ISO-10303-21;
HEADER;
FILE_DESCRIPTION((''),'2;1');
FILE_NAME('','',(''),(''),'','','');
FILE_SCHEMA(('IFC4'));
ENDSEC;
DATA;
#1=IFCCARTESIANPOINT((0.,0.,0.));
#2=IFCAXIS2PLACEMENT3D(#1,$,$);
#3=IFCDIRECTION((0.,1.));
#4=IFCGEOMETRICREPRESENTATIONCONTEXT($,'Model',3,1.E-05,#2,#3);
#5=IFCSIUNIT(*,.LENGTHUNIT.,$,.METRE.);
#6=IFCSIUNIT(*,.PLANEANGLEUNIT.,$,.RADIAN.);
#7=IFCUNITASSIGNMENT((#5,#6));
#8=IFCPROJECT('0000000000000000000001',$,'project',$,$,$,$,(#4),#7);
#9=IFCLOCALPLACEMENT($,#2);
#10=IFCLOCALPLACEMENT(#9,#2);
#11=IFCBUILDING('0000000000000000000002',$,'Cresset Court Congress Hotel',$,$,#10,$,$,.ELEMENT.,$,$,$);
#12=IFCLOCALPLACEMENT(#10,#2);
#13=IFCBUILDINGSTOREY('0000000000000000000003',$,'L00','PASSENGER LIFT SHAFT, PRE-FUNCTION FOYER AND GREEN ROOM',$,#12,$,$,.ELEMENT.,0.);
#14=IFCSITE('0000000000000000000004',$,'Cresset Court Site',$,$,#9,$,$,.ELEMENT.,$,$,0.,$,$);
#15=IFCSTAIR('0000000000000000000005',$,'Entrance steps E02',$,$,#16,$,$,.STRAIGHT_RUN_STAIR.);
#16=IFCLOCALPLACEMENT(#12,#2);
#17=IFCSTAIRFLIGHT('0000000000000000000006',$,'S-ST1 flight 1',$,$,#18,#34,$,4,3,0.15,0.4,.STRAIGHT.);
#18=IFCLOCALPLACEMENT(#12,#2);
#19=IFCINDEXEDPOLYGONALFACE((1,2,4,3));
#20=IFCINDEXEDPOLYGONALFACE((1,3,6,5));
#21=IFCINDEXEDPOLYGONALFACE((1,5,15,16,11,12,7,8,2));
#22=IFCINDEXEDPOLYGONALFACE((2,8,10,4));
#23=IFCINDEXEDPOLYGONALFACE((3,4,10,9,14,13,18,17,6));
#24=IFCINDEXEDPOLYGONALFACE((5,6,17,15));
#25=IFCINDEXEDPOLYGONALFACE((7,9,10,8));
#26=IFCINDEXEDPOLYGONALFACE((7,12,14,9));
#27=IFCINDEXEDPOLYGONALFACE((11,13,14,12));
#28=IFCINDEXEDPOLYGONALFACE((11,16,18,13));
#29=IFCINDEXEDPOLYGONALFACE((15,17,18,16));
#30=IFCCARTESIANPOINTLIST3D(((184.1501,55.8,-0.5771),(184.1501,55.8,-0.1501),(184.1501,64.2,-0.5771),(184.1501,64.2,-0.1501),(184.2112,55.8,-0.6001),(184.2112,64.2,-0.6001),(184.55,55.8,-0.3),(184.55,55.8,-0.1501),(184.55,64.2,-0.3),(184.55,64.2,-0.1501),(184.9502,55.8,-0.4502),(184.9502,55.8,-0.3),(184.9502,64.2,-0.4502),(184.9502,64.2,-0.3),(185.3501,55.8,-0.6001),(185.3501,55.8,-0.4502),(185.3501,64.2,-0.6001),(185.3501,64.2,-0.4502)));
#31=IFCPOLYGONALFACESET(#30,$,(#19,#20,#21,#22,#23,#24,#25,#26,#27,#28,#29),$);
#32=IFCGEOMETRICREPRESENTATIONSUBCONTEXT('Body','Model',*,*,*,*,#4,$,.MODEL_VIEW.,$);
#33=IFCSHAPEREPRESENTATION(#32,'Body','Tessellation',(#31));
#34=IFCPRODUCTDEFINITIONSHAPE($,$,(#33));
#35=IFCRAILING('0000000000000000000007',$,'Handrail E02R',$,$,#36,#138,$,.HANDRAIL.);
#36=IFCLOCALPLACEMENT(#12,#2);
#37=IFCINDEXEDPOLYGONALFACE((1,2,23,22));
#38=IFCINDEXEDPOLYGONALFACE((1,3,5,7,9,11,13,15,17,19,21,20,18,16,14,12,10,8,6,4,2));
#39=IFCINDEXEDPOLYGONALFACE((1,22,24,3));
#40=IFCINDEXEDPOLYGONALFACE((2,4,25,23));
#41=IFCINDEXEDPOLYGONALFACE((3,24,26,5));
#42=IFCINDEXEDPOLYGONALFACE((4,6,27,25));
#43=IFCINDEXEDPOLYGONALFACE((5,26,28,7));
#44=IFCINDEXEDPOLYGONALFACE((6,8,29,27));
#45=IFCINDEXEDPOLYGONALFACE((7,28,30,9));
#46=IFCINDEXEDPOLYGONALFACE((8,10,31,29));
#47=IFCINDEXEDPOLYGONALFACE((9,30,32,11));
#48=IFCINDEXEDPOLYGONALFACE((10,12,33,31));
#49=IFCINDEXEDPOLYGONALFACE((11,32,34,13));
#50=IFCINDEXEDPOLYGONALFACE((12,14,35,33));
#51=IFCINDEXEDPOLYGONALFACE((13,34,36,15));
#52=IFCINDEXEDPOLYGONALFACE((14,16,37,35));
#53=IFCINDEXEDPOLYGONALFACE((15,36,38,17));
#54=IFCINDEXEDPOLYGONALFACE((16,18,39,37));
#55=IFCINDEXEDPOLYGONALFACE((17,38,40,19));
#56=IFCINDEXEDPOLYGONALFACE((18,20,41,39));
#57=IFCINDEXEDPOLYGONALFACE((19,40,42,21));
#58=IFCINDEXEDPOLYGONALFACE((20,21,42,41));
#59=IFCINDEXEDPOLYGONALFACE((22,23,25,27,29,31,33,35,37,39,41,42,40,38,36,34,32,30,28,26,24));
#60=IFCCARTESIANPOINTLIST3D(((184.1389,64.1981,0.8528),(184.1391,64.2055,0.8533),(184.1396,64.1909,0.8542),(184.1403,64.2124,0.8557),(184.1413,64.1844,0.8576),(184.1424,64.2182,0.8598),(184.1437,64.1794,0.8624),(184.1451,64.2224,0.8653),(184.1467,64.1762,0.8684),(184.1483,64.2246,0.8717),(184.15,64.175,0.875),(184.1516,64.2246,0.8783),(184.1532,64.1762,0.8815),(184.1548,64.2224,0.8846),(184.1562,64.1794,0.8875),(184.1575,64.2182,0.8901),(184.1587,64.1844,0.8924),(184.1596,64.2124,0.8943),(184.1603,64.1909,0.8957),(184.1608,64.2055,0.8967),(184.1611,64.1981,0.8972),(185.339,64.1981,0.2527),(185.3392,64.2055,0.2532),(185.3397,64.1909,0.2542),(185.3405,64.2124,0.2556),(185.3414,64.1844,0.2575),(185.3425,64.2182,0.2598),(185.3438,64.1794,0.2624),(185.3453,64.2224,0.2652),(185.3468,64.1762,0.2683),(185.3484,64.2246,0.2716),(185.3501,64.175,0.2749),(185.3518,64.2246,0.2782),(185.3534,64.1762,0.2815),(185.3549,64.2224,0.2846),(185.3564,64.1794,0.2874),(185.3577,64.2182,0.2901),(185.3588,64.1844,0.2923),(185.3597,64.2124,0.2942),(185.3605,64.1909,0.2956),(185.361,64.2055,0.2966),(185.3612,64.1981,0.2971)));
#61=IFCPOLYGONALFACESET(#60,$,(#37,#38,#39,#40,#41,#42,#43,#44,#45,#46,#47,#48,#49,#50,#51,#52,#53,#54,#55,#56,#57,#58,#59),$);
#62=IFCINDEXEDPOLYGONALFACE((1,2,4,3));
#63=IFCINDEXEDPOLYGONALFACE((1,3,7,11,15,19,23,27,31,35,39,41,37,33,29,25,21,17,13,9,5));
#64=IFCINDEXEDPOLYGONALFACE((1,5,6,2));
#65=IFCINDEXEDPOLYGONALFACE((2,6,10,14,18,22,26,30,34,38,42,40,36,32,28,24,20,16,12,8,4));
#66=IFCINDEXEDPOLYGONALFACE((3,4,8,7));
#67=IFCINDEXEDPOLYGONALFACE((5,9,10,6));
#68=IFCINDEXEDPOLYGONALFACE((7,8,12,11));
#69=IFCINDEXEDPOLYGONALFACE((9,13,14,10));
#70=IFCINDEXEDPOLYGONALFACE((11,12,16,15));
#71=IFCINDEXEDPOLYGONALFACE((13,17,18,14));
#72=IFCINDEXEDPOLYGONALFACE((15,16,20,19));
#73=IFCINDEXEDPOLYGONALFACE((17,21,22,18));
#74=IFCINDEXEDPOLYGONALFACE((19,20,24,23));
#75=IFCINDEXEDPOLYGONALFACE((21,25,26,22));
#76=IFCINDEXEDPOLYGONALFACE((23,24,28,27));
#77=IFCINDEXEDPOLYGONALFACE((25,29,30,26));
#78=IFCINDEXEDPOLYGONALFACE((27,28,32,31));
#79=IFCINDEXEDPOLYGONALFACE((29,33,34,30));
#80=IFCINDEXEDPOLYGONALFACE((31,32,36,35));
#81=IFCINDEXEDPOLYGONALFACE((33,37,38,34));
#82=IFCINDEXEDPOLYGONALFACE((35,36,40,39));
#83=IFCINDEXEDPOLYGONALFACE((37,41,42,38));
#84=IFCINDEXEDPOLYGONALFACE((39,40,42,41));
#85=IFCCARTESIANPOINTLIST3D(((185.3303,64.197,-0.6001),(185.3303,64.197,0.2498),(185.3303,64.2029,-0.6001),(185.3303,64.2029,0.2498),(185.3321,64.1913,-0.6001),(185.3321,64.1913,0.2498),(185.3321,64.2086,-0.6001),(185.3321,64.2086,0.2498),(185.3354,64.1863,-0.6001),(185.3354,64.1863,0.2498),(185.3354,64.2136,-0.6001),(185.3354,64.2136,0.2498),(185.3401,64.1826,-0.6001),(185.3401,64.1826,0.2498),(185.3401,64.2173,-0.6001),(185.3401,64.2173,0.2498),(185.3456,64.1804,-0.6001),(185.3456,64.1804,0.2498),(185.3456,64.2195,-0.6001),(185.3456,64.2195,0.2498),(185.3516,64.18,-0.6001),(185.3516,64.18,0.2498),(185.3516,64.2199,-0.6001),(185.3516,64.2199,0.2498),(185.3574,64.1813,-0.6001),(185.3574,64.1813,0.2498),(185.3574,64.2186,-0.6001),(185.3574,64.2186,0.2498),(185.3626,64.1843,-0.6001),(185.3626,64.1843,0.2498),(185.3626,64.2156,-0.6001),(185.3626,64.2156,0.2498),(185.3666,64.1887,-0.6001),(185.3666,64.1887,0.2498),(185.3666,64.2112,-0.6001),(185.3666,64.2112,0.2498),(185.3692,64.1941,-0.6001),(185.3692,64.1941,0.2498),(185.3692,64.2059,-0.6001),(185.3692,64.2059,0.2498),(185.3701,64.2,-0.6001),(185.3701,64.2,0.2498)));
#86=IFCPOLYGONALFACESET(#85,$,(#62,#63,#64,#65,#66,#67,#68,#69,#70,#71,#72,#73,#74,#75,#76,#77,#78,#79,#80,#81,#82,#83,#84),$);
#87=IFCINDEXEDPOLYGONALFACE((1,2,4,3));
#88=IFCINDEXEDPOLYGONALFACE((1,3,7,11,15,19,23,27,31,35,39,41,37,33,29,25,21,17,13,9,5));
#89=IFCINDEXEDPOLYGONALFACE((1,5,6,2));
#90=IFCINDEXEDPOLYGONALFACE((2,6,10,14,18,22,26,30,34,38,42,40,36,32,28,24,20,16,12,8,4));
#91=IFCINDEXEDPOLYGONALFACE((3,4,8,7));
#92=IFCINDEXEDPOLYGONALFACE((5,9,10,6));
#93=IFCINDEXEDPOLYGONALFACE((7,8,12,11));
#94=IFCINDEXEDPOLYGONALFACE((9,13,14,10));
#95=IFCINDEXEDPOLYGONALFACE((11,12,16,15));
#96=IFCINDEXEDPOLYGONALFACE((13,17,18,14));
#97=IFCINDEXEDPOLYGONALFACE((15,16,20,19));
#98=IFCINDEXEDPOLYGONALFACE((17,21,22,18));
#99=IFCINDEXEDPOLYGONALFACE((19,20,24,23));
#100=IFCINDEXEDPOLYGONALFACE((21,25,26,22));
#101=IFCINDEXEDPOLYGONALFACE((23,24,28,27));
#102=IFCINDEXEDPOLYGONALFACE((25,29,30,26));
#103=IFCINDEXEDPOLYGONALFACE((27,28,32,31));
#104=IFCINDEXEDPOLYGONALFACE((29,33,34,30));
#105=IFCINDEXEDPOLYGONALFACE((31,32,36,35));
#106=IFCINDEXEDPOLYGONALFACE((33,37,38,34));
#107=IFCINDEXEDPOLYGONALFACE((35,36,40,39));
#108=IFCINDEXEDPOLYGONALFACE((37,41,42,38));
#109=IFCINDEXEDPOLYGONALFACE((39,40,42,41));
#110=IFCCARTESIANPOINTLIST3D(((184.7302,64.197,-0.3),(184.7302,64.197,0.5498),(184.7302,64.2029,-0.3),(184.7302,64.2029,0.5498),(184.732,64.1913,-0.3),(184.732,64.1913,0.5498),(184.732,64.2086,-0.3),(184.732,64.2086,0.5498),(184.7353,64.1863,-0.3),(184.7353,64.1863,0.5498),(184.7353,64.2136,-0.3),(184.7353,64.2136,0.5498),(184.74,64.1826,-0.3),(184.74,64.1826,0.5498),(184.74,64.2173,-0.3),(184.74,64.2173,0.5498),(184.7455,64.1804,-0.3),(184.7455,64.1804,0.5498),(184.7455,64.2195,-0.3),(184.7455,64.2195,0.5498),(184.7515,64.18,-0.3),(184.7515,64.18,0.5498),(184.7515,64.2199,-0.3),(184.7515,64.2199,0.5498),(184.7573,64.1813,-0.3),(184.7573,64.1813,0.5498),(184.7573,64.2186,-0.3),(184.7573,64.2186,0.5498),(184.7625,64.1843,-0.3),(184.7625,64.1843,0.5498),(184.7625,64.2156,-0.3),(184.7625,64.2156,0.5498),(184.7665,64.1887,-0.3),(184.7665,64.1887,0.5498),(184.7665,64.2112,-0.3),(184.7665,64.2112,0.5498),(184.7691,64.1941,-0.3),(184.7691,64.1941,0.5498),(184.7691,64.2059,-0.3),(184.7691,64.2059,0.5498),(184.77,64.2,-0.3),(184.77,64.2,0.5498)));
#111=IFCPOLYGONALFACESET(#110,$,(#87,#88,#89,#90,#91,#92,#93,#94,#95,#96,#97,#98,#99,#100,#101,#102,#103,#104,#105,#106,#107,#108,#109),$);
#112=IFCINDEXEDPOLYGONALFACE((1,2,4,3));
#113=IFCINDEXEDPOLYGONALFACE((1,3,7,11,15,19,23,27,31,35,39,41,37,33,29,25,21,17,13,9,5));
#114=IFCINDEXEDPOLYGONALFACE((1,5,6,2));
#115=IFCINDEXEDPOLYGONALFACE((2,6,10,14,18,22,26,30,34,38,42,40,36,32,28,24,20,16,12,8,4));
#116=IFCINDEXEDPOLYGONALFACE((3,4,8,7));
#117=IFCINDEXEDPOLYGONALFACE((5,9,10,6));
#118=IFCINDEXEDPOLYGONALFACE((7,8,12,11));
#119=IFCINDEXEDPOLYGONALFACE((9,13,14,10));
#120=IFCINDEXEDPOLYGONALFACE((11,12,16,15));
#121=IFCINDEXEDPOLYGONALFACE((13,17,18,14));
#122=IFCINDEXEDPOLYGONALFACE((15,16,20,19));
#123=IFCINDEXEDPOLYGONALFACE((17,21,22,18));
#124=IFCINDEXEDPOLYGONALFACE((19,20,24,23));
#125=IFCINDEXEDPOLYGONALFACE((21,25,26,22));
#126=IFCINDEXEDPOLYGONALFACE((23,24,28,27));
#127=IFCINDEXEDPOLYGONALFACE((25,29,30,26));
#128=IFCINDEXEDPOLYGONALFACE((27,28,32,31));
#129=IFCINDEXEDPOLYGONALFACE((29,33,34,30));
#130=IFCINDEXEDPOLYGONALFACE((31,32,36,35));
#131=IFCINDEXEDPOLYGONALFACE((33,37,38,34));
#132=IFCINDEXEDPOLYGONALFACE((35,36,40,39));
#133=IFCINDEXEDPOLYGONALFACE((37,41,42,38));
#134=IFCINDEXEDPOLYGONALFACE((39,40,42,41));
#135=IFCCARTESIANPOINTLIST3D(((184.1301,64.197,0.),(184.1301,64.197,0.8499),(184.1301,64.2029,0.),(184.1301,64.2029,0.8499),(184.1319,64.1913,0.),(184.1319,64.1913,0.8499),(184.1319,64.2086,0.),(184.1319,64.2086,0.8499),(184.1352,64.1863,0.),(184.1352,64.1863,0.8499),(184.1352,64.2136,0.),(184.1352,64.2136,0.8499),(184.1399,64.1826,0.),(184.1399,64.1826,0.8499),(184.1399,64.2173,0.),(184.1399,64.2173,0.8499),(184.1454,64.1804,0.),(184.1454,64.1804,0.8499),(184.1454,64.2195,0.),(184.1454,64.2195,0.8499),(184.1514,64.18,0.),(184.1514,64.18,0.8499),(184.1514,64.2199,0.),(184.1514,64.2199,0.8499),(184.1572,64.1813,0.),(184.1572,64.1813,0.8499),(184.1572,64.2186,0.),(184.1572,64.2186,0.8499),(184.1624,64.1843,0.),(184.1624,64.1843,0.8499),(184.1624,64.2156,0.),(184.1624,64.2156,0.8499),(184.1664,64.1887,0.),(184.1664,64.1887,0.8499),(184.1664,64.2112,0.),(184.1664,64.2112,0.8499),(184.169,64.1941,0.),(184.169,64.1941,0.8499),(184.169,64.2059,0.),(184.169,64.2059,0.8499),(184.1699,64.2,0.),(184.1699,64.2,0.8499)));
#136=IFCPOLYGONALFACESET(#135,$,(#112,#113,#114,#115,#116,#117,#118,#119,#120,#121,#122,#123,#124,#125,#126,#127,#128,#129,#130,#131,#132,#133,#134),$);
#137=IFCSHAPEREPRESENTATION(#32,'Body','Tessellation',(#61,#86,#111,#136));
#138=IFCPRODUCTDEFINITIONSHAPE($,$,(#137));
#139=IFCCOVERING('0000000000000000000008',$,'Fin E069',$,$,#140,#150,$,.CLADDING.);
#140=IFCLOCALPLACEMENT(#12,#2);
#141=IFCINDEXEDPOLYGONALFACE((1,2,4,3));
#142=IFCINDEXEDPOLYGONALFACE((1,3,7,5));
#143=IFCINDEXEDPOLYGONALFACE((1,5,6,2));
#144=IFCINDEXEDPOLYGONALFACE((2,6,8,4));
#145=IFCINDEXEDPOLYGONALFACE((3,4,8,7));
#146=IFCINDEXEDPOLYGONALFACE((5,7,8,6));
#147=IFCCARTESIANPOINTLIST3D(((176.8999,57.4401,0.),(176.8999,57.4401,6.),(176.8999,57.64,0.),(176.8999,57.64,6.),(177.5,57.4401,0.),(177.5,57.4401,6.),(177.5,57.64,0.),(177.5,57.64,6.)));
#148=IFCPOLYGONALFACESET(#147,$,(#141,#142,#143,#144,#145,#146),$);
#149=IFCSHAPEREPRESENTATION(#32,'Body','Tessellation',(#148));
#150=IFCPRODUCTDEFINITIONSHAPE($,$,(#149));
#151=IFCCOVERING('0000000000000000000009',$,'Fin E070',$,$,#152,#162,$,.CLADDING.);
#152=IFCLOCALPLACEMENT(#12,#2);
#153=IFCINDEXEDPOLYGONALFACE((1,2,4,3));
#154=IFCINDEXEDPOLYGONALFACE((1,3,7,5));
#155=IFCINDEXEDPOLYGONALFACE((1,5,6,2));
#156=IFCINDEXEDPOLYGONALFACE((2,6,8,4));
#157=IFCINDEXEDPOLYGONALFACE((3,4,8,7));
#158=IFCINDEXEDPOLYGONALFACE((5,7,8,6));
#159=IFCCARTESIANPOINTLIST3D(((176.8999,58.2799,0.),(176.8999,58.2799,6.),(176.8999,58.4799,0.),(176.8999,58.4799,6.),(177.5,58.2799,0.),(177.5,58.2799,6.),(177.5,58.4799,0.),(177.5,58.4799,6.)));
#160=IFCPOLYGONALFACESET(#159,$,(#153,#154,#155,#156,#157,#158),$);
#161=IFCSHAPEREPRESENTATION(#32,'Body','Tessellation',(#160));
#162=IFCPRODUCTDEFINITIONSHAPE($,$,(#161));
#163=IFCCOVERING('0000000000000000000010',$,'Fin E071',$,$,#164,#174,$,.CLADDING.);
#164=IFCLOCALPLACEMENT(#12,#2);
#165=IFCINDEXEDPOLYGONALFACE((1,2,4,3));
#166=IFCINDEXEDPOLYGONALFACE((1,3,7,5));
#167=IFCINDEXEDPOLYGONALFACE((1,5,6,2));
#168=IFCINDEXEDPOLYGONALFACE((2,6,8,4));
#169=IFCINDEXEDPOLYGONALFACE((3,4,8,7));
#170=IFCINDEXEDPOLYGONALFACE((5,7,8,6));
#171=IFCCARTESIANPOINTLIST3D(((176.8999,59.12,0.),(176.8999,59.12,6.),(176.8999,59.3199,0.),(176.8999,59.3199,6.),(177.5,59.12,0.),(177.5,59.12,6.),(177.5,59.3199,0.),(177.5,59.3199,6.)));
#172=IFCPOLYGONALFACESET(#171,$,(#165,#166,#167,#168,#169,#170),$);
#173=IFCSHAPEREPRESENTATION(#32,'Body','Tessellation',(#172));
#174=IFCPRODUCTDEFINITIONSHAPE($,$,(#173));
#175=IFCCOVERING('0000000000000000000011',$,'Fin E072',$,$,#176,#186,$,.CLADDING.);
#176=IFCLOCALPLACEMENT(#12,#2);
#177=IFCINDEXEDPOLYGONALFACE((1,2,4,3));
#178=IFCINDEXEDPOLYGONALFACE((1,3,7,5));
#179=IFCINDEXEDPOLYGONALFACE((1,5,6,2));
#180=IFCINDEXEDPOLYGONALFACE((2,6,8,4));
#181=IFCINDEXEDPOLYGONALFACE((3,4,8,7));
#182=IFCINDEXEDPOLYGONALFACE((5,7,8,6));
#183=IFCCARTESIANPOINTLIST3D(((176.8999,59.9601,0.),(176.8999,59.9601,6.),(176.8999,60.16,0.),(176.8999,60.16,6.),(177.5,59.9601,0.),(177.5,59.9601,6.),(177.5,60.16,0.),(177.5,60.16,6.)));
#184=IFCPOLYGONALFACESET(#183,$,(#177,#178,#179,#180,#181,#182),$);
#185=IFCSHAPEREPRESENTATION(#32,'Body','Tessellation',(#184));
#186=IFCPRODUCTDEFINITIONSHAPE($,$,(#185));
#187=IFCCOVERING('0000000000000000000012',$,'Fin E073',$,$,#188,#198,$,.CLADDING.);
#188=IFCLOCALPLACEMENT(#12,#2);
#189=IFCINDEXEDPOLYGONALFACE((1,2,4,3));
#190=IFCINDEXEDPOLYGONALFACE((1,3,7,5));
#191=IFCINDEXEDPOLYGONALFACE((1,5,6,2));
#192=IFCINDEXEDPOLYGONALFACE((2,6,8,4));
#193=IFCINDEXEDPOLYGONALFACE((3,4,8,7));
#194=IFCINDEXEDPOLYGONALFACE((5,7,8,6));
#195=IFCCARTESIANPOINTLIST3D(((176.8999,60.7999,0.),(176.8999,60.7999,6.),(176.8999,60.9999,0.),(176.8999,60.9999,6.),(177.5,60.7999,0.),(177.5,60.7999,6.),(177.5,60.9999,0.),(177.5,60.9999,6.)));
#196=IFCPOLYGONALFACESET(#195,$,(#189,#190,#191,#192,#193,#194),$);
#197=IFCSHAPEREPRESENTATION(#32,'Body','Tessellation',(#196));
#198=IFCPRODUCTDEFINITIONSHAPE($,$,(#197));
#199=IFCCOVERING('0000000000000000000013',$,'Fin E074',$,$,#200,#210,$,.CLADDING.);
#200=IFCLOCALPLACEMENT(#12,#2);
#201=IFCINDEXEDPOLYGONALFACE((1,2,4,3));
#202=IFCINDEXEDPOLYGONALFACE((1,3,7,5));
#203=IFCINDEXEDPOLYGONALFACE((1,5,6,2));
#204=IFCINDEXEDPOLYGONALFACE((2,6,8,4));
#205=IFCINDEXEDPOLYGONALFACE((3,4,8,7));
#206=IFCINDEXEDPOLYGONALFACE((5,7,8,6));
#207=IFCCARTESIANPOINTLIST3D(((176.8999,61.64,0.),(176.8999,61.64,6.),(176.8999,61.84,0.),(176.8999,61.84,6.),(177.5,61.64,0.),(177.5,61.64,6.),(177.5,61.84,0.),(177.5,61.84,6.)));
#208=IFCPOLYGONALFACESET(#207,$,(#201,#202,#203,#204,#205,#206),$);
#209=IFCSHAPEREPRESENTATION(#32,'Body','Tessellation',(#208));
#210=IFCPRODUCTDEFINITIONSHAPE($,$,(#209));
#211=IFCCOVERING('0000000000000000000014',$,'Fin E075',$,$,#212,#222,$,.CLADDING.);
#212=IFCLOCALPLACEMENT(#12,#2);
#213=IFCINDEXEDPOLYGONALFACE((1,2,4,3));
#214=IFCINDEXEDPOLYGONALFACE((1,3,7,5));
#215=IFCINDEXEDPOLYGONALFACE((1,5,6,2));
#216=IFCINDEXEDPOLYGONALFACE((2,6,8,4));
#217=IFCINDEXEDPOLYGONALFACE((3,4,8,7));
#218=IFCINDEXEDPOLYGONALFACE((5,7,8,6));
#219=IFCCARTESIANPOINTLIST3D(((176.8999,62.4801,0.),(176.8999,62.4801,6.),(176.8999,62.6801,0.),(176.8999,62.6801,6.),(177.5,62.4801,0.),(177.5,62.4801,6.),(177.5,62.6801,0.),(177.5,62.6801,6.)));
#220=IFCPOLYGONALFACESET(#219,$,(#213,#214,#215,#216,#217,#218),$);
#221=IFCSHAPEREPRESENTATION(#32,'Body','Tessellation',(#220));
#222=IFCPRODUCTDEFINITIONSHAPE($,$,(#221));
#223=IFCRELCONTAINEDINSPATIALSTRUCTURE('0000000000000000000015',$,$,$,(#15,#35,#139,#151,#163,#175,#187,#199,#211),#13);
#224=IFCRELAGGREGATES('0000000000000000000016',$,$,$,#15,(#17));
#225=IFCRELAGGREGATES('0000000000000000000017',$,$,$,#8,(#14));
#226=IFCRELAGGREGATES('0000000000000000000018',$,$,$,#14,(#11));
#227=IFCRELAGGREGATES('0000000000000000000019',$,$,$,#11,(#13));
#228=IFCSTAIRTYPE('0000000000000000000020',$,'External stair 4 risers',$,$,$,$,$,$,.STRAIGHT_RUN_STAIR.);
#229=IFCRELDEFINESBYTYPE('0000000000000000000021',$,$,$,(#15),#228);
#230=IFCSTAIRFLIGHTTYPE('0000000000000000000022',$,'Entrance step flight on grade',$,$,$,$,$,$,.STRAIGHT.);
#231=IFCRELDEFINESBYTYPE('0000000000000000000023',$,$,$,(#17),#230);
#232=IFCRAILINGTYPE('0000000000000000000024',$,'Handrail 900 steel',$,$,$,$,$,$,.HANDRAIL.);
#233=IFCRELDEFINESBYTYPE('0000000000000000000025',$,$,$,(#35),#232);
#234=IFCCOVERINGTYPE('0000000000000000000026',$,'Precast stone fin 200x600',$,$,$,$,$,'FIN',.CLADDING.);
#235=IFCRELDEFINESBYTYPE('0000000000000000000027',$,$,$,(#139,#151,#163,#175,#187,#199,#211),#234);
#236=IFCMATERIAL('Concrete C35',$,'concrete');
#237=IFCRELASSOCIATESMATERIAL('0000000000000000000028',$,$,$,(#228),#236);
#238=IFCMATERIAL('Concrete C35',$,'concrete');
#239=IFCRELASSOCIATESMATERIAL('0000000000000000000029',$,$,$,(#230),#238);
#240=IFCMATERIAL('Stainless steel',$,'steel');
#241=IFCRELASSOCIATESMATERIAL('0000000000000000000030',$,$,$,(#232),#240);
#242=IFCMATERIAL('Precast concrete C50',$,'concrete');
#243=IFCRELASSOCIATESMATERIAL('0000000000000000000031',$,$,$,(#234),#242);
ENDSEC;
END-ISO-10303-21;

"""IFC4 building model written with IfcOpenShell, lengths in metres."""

from ifc_helpers import new_model, si_unit, direction, frame, origin, origin_2d, place, context, subcontext, project, spatial, polyline, rectangle, circle, outline, extrude, material, type_object, element, aggregate, save


model = new_model("IFC4")

# Units and contexts
model_context = context("Model", 3, precision=1e-05, world=origin(), true_north=direction((0.0, 1.0)))
body_context = subcontext(model_context, "Body", "Model", "MODEL_VIEW")
ifc_project = project(units=[si_unit("LENGTHUNIT", "METRE"), si_unit("PLANEANGLEUNIT", "RADIAN")], contexts=[model_context])

# Site, building, storey
site_placement = place(None, origin())
site = spatial("IfcSite", under=ifc_project, at=site_placement, Name="Cresset Court Site", CompositionType="ELEMENT", RefElevation=0.0)
building_placement = place(site_placement, origin())
building = spatial("IfcBuilding", under=site, at=building_placement, Name="Cresset Court Congress Hotel", CompositionType="ELEMENT")
storey_placement = place(building_placement, origin())
storey = spatial("IfcBuildingStorey", under=building, at=storey_placement, Name="L00", Description="PASSENGER LIFT SHAFT, PRE-FUNCTION FOYER AND GREEN ROOM", CompositionType="ELEMENT", Elevation=0.0)

# Stair, stair flight
ifc_material_1 = material(Name="Concrete C35", Category="concrete")
stair_type_1 = type_object("IfcStairType", Name="External stair 4 risers", PredefinedType="STRAIGHT_RUN_STAIR", material=ifc_material_1)
stair_1_placement = place(storey_placement, origin())
stair_1 = element("IfcStair", 1, at=stair_1_placement, inside=storey, type_object=stair_type_1, Name="Entrance steps E02", PredefinedType="STRAIGHT_RUN_STAIR")
ifc_material_2 = material(Name="Concrete C35", Category="concrete")
stair_flight_type_1 = type_object("IfcStairFlightType", Name="Entrance step flight on grade", PredefinedType="STRAIGHT", material=ifc_material_2)
stair_flight_1_placement = place(storey_placement, frame((185.3501, 60.0, -0.6001), z_axis=(0.0, 0.0, 1.0), x_axis=(-1.0, 0.0, 0.0)))
stair_flight_1 = element("IfcStairFlight", 2, at=stair_flight_1_placement, type_object=stair_flight_type_1, Name="S-ST1 flight 1", NumberOfRisers=4, NumberOfTreads=3, PredefinedType="STRAIGHT", RiserHeight=0.15, TreadLength=0.4, context=body_context, shape_type="SweptSolid", body=[
    extrude(outline(polyline([(0.0, 0.0), (0.0, 0.1499), (0.3999, 0.1499), (0.3999, 0.3), (0.8, 0.3), (0.8, 0.45), (1.2, 0.45), (1.2, 0.6001), (1.2, 0.0229), (1.1389, 0.0), (0.0, 0.0)])), frame((0.0, 4.2, 0.0), z_axis=(0.0, -1.0, 0.0), x_axis=(1.0, 0.0, 0.0)), (0.0, 0.0, 1.0), 8.3999),
])
aggregate(stair_1, [stair_flight_1])

# Railing
ifc_material_3 = material(Name="Stainless steel", Category="steel")
railing_type_1 = type_object("IfcRailingType", Name="Handrail 900 steel", PredefinedType="HANDRAIL", material=ifc_material_3)
railing_1_placement = place(storey_placement, frame((185.3501, 64.2, -0.6001)))
element("IfcRailing", 3, at=railing_1_placement, inside=storey, type_object=railing_type_1, Name="Handrail E02R", PredefinedType="HANDRAIL", context=body_context, shape_type="SweptSolid", body=[
    extrude(circle(Radius=0.0249, at=origin_2d()), frame((0.0, 0.0, 0.875), z_axis=(-0.894427, 0.0, 0.447214), x_axis=(0.0, -1.0, 0.0)), (0.0, 0.0, 1.0), 1.3418),
    extrude(circle(Radius=0.02, at=origin_2d()), origin(), (0.0, 0.0, 1.0), 0.8499),
    extrude(circle(Radius=0.02, at=origin_2d()), frame((-0.6001, 0.0, 0.3)), (0.0, 0.0, 1.0), 0.8499),
    extrude(circle(Radius=0.02, at=origin_2d()), frame((-1.2002, 0.0, 0.6001)), (0.0, 0.0, 1.0), 0.8499),
])

# Coverings
ifc_material_4 = material(Name="Precast concrete C50", Category="concrete")
covering_type_1 = type_object("IfcCoveringType", Name="Precast stone fin 200x600", ElementType="FIN", PredefinedType="CLADDING", material=ifc_material_4)
for number, where, z_axis, x_axis, name in (
    (4, (177.2, 57.54, 0.0), (0.0, 0.0, 1.0), (1.0, 0.0, 0.0), "Fin E069"),
    (5, (177.2, 58.3799, 0.0), (0.0, 0.0, 1.0), (1.0, 0.0, 0.0), "Fin E070"),
    (6, (177.2, 59.22, 0.0), (0.0, 0.0, 1.0), (1.0, 0.0, 0.0), "Fin E071"),
    (7, (177.2, 60.0601, 0.0), (0.0, 0.0, 1.0), (1.0, 0.0, 0.0), "Fin E072"),
    (8, (177.2, 60.8999, 0.0), (0.0, 0.0, 1.0), (1.0, 0.0, 0.0), "Fin E073"),
    (9, (177.2, 61.74, 0.0), (0.0, 0.0, 1.0), (1.0, 0.0, 0.0), "Fin E074"),
    (10, (177.2, 62.5801, 0.0), (0.0, 0.0, 1.0), (1.0, 0.0, 0.0), "Fin E075"),
):
    element("IfcCovering", number, at=place(storey_placement, frame(where, z_axis=z_axis, x_axis=x_axis)), inside=storey, type_object=covering_type_1, Name=name, PredefinedType="CLADDING", context=body_context, shape_type="SweptSolid", body=[
        extrude(rectangle(XDim=0.6001, YDim=0.2, at=origin_2d()), origin(), (0.0, 0.0, 1.0), 6.0),
    ])

save(model, "model.ifc")
